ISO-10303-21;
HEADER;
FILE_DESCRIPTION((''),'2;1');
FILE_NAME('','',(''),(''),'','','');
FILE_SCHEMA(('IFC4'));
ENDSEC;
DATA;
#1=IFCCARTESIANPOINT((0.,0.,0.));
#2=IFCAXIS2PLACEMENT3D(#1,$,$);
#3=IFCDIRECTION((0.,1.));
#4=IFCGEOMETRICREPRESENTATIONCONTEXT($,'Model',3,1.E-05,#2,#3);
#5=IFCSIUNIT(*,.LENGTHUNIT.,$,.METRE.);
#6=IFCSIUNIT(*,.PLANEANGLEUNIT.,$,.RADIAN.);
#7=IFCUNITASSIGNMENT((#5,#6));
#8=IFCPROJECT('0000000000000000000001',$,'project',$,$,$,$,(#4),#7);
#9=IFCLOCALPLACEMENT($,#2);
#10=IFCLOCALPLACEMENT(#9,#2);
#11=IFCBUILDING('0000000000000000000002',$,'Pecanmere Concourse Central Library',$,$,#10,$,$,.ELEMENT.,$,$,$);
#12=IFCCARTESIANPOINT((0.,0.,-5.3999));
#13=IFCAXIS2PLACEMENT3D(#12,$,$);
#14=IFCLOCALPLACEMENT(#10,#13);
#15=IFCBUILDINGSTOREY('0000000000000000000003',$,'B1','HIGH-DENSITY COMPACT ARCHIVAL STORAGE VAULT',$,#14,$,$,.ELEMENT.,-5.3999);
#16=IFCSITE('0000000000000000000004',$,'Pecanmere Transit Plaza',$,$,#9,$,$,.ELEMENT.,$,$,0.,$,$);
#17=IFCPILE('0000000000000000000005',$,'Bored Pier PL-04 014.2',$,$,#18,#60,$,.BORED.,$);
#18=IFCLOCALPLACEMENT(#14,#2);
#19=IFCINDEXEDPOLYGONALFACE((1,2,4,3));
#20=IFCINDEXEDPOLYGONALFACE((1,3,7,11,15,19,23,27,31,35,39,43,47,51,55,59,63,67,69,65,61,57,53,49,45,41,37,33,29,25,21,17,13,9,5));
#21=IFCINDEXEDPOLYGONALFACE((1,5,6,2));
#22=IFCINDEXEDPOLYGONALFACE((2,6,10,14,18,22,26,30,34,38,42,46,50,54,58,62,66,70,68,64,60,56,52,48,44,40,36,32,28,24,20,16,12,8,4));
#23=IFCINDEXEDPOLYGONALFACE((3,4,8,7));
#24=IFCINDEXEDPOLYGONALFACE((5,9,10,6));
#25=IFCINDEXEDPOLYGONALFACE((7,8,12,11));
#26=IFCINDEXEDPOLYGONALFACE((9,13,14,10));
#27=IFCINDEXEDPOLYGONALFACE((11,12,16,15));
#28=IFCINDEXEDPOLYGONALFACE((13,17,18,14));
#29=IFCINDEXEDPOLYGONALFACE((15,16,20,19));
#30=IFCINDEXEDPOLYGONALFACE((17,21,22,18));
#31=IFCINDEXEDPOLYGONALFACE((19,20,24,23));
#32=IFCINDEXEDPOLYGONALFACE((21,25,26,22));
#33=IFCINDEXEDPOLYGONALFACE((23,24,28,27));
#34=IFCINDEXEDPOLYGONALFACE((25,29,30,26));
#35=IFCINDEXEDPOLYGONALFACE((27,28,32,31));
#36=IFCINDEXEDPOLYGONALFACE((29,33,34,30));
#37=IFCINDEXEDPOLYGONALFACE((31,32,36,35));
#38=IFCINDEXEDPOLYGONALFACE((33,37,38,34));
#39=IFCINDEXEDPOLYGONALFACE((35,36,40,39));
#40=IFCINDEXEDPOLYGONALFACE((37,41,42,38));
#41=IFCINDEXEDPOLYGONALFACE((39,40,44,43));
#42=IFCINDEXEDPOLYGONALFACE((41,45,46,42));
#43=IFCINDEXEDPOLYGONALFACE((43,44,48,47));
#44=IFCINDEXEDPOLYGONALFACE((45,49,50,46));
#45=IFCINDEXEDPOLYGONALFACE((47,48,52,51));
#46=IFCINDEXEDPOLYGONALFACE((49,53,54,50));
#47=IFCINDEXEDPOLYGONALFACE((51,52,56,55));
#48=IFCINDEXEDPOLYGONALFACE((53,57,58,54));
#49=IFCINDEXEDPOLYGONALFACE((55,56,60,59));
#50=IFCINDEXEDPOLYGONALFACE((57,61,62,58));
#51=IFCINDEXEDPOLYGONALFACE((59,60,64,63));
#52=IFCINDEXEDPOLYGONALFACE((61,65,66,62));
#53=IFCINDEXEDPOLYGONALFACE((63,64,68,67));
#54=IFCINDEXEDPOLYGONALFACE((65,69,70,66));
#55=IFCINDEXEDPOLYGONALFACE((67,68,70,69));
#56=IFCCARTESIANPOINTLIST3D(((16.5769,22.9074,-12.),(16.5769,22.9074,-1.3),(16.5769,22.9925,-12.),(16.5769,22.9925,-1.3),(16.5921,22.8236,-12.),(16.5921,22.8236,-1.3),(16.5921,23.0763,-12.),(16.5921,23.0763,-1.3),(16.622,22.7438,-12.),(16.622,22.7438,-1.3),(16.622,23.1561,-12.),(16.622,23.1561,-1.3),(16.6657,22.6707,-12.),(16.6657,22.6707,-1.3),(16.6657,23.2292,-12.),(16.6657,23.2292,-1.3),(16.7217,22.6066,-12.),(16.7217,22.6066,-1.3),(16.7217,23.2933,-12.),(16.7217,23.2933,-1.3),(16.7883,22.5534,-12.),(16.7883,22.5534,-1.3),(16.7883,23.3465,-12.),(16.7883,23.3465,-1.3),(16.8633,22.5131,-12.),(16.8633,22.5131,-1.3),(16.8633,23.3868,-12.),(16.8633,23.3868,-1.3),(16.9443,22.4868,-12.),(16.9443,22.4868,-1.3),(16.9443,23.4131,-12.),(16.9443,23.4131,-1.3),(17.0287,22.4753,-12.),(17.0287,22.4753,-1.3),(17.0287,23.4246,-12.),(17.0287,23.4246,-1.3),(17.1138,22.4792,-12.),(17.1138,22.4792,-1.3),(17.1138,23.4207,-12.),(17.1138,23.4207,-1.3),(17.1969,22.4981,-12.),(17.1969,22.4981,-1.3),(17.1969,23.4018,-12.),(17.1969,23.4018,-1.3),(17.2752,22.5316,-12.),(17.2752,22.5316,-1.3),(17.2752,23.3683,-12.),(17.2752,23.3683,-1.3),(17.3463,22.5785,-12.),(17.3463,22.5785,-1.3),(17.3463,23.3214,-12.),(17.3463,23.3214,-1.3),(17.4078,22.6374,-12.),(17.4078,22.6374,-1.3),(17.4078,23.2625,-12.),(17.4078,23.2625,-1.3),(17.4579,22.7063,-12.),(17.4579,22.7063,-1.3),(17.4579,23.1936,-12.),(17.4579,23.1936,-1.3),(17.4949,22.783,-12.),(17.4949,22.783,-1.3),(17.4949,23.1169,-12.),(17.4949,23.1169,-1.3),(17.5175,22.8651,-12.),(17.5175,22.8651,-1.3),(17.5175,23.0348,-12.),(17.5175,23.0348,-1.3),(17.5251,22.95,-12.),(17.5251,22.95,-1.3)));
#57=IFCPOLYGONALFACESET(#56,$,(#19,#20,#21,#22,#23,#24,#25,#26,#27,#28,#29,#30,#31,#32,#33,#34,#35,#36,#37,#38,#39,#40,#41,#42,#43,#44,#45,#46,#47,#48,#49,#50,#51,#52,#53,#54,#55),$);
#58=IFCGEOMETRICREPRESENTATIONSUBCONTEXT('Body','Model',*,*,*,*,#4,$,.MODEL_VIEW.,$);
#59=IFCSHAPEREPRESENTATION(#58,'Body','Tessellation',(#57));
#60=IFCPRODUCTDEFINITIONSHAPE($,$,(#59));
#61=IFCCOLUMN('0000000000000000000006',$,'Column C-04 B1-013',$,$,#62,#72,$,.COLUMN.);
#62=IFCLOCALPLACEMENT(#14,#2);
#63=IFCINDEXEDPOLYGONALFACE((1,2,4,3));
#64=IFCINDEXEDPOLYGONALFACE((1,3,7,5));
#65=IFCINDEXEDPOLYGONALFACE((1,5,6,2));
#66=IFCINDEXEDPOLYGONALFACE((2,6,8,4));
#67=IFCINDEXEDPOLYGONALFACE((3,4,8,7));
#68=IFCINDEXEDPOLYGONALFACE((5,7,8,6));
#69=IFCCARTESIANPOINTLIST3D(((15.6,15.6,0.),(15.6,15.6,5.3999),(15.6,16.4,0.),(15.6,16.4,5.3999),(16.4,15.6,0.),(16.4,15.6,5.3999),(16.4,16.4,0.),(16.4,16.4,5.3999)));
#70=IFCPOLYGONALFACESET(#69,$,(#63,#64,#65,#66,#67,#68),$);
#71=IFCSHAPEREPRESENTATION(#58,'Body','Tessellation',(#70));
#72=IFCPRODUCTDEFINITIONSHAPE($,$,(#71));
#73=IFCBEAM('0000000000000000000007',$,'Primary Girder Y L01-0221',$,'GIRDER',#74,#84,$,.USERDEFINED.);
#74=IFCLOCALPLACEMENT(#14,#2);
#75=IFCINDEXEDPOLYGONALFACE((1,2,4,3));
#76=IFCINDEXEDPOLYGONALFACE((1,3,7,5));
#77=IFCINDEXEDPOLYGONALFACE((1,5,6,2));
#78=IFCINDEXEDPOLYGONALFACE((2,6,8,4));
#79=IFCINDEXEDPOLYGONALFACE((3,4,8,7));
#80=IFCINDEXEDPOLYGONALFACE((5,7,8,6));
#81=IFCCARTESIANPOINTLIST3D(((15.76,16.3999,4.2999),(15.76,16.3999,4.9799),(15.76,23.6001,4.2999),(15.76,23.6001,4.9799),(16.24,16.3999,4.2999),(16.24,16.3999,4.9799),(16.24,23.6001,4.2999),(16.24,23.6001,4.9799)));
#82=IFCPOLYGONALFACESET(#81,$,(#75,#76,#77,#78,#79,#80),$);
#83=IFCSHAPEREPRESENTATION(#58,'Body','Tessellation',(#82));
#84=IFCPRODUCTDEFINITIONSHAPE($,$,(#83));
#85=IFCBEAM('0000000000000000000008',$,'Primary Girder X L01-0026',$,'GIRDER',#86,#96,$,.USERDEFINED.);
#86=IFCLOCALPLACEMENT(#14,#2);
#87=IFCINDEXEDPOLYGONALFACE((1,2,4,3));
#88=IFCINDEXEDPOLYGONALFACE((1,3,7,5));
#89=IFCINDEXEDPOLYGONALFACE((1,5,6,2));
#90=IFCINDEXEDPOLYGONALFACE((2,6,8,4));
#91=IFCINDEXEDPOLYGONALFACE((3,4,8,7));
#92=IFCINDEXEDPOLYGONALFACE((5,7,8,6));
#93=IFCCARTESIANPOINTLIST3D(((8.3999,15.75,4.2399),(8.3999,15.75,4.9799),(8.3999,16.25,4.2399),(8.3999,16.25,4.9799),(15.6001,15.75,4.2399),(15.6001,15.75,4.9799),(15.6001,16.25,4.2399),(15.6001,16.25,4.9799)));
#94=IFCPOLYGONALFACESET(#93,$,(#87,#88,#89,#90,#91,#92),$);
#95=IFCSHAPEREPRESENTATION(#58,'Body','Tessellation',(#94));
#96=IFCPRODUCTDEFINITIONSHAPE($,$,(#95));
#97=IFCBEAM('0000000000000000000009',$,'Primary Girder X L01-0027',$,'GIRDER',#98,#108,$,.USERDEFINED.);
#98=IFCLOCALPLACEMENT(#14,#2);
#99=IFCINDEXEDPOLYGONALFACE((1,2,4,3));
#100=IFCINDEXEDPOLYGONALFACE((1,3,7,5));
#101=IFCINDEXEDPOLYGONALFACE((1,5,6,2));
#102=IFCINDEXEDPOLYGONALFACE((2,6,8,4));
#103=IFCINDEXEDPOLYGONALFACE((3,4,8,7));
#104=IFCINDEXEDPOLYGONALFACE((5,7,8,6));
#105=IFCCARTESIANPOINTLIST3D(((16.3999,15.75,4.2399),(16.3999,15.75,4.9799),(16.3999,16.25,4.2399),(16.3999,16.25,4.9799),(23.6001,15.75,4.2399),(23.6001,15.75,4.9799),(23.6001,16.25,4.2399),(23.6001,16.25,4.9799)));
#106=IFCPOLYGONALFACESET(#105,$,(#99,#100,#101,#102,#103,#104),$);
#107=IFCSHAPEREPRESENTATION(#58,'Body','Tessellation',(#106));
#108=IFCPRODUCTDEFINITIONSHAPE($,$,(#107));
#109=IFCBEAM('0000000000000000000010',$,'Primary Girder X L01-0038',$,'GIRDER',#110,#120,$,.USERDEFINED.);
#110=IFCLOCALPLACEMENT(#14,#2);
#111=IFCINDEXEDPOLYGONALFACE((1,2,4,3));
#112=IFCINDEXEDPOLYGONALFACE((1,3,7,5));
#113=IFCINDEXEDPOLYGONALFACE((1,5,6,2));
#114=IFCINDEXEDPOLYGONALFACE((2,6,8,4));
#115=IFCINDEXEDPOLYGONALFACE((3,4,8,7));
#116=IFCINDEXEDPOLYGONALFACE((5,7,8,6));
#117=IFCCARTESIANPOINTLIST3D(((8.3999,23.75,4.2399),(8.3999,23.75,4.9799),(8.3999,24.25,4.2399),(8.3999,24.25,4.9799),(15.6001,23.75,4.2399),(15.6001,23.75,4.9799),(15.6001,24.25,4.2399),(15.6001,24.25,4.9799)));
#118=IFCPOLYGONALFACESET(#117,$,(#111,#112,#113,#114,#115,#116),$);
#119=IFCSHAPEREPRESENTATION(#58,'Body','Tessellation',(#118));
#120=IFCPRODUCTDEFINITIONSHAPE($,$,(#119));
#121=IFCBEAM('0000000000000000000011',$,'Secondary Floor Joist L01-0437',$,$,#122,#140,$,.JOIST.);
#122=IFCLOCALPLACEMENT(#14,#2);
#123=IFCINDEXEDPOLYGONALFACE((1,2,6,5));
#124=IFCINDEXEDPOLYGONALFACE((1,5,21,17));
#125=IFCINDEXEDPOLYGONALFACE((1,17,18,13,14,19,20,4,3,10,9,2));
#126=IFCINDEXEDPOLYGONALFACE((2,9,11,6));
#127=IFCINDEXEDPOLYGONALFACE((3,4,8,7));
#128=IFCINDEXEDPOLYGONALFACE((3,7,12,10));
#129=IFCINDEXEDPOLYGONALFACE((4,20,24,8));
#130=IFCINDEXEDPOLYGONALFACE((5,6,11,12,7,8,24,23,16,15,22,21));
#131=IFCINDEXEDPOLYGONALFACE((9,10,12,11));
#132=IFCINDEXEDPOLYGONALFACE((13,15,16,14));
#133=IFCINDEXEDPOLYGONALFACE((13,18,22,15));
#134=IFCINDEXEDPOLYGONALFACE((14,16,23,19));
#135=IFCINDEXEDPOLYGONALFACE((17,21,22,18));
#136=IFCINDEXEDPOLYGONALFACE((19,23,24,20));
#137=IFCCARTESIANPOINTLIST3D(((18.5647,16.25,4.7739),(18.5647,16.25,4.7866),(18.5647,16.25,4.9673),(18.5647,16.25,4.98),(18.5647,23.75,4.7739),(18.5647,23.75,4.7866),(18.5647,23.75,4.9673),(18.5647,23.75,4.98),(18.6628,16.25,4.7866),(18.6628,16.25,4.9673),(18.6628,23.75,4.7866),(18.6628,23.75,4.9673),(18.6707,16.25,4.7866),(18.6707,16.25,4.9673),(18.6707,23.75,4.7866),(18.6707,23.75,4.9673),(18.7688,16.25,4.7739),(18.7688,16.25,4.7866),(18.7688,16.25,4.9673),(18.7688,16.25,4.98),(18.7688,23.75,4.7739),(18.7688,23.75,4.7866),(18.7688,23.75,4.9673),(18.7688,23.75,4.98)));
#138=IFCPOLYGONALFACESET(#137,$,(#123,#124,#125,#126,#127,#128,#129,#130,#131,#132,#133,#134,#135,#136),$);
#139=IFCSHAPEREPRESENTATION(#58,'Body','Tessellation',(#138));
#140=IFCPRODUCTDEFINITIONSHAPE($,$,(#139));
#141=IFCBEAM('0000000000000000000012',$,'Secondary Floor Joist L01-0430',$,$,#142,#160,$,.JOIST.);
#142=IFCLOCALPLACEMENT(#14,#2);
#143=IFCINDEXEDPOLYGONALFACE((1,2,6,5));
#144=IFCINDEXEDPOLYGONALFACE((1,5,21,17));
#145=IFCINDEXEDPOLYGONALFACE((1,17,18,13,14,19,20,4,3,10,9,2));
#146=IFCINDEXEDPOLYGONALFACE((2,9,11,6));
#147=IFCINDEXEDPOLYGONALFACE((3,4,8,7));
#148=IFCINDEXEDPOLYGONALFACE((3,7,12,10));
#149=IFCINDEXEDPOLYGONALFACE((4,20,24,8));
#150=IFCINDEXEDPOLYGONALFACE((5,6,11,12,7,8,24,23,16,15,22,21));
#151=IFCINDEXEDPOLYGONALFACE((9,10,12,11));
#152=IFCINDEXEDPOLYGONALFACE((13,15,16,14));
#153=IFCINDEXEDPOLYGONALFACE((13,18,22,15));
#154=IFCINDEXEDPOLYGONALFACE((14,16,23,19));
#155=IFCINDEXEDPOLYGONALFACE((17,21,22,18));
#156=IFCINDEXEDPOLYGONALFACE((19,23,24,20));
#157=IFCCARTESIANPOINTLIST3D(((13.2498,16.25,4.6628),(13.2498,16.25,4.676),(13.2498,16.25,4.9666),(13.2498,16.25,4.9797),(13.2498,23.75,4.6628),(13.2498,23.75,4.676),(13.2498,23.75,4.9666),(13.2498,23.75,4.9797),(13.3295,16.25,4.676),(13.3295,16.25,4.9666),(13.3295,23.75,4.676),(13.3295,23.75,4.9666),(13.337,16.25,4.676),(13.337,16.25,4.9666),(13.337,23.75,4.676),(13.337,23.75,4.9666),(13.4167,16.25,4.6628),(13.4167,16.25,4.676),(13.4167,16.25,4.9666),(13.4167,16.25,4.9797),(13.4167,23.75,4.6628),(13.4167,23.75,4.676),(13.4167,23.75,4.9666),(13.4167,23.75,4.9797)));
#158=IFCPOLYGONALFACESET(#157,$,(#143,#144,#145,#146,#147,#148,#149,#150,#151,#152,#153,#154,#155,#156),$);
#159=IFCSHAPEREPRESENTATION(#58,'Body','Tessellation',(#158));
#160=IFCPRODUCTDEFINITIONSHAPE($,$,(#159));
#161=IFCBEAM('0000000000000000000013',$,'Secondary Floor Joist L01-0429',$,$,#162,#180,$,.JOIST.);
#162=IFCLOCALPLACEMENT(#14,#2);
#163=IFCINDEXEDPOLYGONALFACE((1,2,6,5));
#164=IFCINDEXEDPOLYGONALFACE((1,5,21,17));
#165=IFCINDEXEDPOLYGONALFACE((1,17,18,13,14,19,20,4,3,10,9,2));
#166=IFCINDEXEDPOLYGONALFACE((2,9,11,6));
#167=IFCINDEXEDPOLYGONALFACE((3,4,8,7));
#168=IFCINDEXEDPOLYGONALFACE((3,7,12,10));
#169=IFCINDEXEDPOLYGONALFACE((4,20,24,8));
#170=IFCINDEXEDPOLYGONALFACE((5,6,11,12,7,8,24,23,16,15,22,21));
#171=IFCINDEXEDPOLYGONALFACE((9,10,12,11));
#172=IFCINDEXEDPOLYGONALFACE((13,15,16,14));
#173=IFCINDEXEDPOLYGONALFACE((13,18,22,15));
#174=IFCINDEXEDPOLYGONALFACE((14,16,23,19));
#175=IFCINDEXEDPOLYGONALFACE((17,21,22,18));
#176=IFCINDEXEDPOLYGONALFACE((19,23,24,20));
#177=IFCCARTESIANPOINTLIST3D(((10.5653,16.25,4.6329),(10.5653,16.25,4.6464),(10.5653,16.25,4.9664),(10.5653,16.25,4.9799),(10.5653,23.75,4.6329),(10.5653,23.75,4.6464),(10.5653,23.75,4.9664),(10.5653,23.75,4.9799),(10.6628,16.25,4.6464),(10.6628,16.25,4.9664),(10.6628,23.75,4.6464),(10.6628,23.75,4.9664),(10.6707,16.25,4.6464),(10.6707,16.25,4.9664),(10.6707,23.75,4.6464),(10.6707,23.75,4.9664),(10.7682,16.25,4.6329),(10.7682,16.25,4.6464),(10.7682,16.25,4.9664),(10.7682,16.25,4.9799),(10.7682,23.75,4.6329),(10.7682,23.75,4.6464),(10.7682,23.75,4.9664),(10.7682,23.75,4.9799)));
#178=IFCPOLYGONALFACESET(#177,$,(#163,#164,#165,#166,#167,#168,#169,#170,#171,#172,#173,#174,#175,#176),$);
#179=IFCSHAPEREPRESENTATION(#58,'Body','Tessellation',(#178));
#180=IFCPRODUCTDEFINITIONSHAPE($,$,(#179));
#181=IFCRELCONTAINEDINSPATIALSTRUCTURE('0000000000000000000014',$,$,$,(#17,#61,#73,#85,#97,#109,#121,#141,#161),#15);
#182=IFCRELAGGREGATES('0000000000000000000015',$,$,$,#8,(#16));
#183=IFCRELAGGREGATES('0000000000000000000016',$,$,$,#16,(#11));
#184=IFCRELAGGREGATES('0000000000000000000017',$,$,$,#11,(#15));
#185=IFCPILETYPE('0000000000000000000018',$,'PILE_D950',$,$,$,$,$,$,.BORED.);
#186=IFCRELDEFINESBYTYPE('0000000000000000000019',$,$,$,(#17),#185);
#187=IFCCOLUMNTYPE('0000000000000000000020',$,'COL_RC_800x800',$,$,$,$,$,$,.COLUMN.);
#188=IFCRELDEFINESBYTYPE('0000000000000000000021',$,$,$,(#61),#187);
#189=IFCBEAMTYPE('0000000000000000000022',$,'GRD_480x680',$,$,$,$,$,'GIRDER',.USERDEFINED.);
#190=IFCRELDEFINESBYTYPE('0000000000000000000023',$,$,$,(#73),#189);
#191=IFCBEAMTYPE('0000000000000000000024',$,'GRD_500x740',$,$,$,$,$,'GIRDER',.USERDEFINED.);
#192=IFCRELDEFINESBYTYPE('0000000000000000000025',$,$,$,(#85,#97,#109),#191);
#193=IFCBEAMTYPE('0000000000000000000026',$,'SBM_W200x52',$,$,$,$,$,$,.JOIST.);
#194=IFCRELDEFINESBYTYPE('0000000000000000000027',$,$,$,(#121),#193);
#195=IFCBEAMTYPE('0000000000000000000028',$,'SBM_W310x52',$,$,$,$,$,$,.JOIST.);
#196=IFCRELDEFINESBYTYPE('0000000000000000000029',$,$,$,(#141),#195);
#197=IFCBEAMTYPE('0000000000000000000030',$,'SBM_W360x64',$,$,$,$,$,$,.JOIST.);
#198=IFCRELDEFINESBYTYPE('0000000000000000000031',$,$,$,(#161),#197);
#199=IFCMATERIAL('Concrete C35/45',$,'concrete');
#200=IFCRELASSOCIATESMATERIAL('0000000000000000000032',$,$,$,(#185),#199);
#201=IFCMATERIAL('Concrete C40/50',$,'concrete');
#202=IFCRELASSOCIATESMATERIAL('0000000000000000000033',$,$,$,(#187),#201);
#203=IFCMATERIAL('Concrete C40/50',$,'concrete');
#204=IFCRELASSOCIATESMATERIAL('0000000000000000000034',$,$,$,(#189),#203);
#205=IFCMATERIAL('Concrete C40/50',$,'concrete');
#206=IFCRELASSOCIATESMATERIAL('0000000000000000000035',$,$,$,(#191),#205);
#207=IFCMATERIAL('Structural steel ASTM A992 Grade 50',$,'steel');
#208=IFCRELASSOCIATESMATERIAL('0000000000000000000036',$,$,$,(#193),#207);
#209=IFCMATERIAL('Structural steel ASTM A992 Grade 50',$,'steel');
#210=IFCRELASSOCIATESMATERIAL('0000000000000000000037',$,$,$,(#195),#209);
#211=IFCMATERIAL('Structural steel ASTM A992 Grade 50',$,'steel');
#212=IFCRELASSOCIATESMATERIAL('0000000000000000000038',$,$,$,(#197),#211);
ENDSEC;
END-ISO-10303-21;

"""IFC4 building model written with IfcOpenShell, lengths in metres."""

from ifc_helpers import new_model, si_unit, direction, frame, origin, origin_2d, place, context, subcontext, project, spatial, rectangle, circle, i_section, extrude, material, material_profile, profile_set, type_object, element, save


model = new_model("IFC4")

# Units and contexts
model_context = context("Model", 3, precision=1e-05, world=origin(), true_north=direction((0.0, 1.0)))
body_context = subcontext(model_context, "Body", "Model", "MODEL_VIEW")
ifc_project = project(units=[si_unit("LENGTHUNIT", "METRE"), si_unit("PLANEANGLEUNIT", "RADIAN")], contexts=[model_context])

# Site, building, storey
site_placement = place(None, origin())
site = spatial("IfcSite", under=ifc_project, at=site_placement, Name="Pecanmere Transit Plaza", CompositionType="ELEMENT", RefElevation=0.0)
building_placement = place(site_placement, origin())
building = spatial("IfcBuilding", under=site, at=building_placement, Name="Pecanmere Concourse Central Library", CompositionType="ELEMENT")
storey_placement = place(building_placement, frame((0.0, 0.0, -5.3999)))
storey = spatial("IfcBuildingStorey", under=building, at=storey_placement, Name="B1", Description="HIGH-DENSITY COMPACT ARCHIVAL STORAGE VAULT", CompositionType="ELEMENT", Elevation=-5.3999)

# Pile
ifc_material_1 = material(Name="Concrete C35/45", Category="concrete")
ifc_material_profile_1 = material_profile(ifc_material_1, circle(Radius=0.4751, at=origin_2d()), Name="PIER D950")
ifc_profile_set_1 = profile_set([ifc_material_profile_1], Name="Concrete C35/45")
pile_type = type_object("IfcPileType", Name="PILE_D950", PredefinedType="BORED", material=ifc_profile_set_1)
for number, where, z_axis, x_axis, name in (
    (1, (17.05, 22.95, -1.3), (0.0, 0.0, -1.0), (1.0, 0.0, 0.0), "Bored Pier PL-04 014.2"),
):
    element("IfcPile", number, at=place(storey_placement, frame(where, z_axis=z_axis, x_axis=x_axis)), inside=storey, type_object=pile_type, Name=name, PredefinedType="BORED", context=body_context, shape_type="SweptSolid", body=[
        extrude(circle(Radius=0.4751, at=origin_2d()), origin(), (0.0, 0.0, 1.0), 10.7),
    ])

# Column
ifc_material_2 = material(Name="Concrete C40/50", Category="concrete")
ifc_material_profile_2 = material_profile(ifc_material_2, rectangle(XDim=0.8, YDim=0.8, at=origin_2d()), Name="RC 800x800")
ifc_profile_set_2 = profile_set([ifc_material_profile_2], Name="Concrete C40/50")
column_type = type_object("IfcColumnType", Name="COL_RC_800x800", PredefinedType="COLUMN", material=ifc_profile_set_2)
column_placement = place(storey_placement, frame((16.0, 16.0, 0.0), z_axis=(0.0, 0.0, 1.0), x_axis=(1.0, 0.0, 0.0)))
element("IfcColumn", 2, at=column_placement, inside=storey, type_object=column_type, Name="Column C-04 B1-013", PredefinedType="COLUMN", context=body_context, shape_type="SweptSolid", body=[
    extrude(rectangle(XDim=0.8, YDim=0.8, at=origin_2d()), origin(), (0.0, 0.0, 1.0), 5.3999),
])

# Beams
ifc_material_3 = material(Name="Concrete C40/50", Category="concrete")
ifc_material_profile_3 = material_profile(ifc_material_3, rectangle(XDim=0.48, YDim=0.6799, at=origin_2d()), Name="RC 480x680")
ifc_profile_set_3 = profile_set([ifc_material_profile_3], Name="Concrete C40/50")
beam_type_1 = type_object("IfcBeamType", Name="GRD_480x680", ElementType="GIRDER", PredefinedType="USERDEFINED", material=ifc_profile_set_3)
beam_1_placement = place(storey_placement, frame((16.0, 16.3999, 4.6399), z_axis=(0.0, 1.0, 0.0), x_axis=(-1.0, 0.0, 0.0)))
element("IfcBeam", 3, at=beam_1_placement, inside=storey, type_object=beam_type_1, Name="Primary Girder Y L01-0221", ObjectType="GIRDER", PredefinedType="USERDEFINED", context=body_context, shape_type="SweptSolid", body=[
    extrude(rectangle(XDim=0.48, YDim=0.6799, at=origin_2d()), origin(), (0.0, 0.0, 1.0), 7.2002),
])
ifc_material_4 = material(Name="Concrete C40/50", Category="concrete")
ifc_material_profile_4 = material_profile(ifc_material_4, rectangle(XDim=0.5, YDim=0.74, at=origin_2d()), Name="RC 500x740")
ifc_profile_set_4 = profile_set([ifc_material_profile_4], Name="Concrete C40/50")
beam_type_2 = type_object("IfcBeamType", Name="GRD_500x740", ElementType="GIRDER", PredefinedType="USERDEFINED", material=ifc_profile_set_4)
for number, where, z_axis, x_axis, name in (
    (4, (8.3999, 16.0, 4.6099), (1.0, 0.0, 0.0), (0.0, 1.0, 0.0), "Primary Girder X L01-0026"),
    (5, (16.3999, 16.0, 4.6099), (1.0, 0.0, 0.0), (0.0, 1.0, 0.0), "Primary Girder X L01-0027"),
    (6, (8.3999, 24.0, 4.6099), (1.0, 0.0, 0.0), (0.0, 1.0, 0.0), "Primary Girder X L01-0038"),
):
    element("IfcBeam", number, at=place(storey_placement, frame(where, z_axis=z_axis, x_axis=x_axis)), inside=storey, type_object=beam_type_2, Name=name, ObjectType="GIRDER", PredefinedType="USERDEFINED", context=body_context, shape_type="SweptSolid", body=[
        extrude(rectangle(XDim=0.5, YDim=0.74, at=origin_2d()), origin(), (0.0, 0.0, 1.0), 7.2002),
    ])
ifc_material_5 = material(Name="Structural steel ASTM A992 Grade 50", Category="steel")
ifc_material_profile_5 = material_profile(ifc_material_5, i_section(OverallWidth=0.2041, OverallDepth=0.2061, WebThickness=0.0078, FlangeThickness=0.0127, at=origin_2d()), Name="W200x52")
ifc_profile_set_5 = profile_set([ifc_material_profile_5], Name="Structural steel ASTM A992 Grade 50")
beam_type_3 = type_object("IfcBeamType", Name="SBM_W200x52", PredefinedType="JOIST", material=ifc_profile_set_5)
beam_2_placement = place(storey_placement, frame((18.6667, 16.25, 4.877), z_axis=(0.0, 1.0, 0.0), x_axis=(-1.0, 0.0, 0.0)))
element("IfcBeam", 7, at=beam_2_placement, inside=storey, type_object=beam_type_3, Name="Secondary Floor Joist L01-0437", PredefinedType="JOIST", context=body_context, shape_type="SweptSolid", body=[
    extrude(i_section(OverallWidth=0.2041, OverallDepth=0.2061, WebThickness=0.0078, FlangeThickness=0.0127, at=origin_2d()), origin(), (0.0, 0.0, 1.0), 7.5),
])
ifc_material_6 = material(Name="Structural steel ASTM A992 Grade 50", Category="steel")
ifc_material_profile_6 = material_profile(ifc_material_6, i_section(OverallWidth=0.167, OverallDepth=0.3169, WebThickness=0.0076, FlangeThickness=0.0132, at=origin_2d()), Name="W310x52")
ifc_profile_set_6 = profile_set([ifc_material_profile_6], Name="Structural steel ASTM A992 Grade 50")
beam_type_4 = type_object("IfcBeamType", Name="SBM_W310x52", PredefinedType="JOIST", material=ifc_profile_set_6)
beam_3_placement = place(storey_placement, frame((13.3333, 16.25, 4.8213), z_axis=(0.0, 1.0, 0.0), x_axis=(-1.0, 0.0, 0.0)))
element("IfcBeam", 8, at=beam_3_placement, inside=storey, type_object=beam_type_4, Name="Secondary Floor Joist L01-0430", PredefinedType="JOIST", context=body_context, shape_type="SweptSolid", body=[
    extrude(i_section(OverallWidth=0.167, OverallDepth=0.3169, WebThickness=0.0076, FlangeThickness=0.0132, at=origin_2d()), origin(), (0.0, 0.0, 1.0), 7.5),
])
ifc_material_7 = material(Name="Structural steel ASTM A992 Grade 50", Category="steel")
ifc_material_profile_7 = material_profile(ifc_material_7, i_section(OverallWidth=0.2029, OverallDepth=0.3469, WebThickness=0.0078, FlangeThickness=0.0134, at=origin_2d()), Name="W360x64")
ifc_profile_set_7 = profile_set([ifc_material_profile_7], Name="Structural steel ASTM A992 Grade 50")
beam_type_5 = type_object("IfcBeamType", Name="SBM_W360x64", PredefinedType="JOIST", material=ifc_profile_set_7)
beam_4_placement = place(storey_placement, frame((10.6667, 16.25, 4.8064), z_axis=(0.0, 1.0, 0.0), x_axis=(-1.0, 0.0, 0.0)))
element("IfcBeam", 9, at=beam_4_placement, inside=storey, type_object=beam_type_5, Name="Secondary Floor Joist L01-0429", PredefinedType="JOIST", context=body_context, shape_type="SweptSolid", body=[
    extrude(i_section(OverallWidth=0.2029, OverallDepth=0.3469, WebThickness=0.0078, FlangeThickness=0.0134, at=origin_2d()), origin(), (0.0, 0.0, 1.0), 7.5),
])

save(model, "model.ifc")
